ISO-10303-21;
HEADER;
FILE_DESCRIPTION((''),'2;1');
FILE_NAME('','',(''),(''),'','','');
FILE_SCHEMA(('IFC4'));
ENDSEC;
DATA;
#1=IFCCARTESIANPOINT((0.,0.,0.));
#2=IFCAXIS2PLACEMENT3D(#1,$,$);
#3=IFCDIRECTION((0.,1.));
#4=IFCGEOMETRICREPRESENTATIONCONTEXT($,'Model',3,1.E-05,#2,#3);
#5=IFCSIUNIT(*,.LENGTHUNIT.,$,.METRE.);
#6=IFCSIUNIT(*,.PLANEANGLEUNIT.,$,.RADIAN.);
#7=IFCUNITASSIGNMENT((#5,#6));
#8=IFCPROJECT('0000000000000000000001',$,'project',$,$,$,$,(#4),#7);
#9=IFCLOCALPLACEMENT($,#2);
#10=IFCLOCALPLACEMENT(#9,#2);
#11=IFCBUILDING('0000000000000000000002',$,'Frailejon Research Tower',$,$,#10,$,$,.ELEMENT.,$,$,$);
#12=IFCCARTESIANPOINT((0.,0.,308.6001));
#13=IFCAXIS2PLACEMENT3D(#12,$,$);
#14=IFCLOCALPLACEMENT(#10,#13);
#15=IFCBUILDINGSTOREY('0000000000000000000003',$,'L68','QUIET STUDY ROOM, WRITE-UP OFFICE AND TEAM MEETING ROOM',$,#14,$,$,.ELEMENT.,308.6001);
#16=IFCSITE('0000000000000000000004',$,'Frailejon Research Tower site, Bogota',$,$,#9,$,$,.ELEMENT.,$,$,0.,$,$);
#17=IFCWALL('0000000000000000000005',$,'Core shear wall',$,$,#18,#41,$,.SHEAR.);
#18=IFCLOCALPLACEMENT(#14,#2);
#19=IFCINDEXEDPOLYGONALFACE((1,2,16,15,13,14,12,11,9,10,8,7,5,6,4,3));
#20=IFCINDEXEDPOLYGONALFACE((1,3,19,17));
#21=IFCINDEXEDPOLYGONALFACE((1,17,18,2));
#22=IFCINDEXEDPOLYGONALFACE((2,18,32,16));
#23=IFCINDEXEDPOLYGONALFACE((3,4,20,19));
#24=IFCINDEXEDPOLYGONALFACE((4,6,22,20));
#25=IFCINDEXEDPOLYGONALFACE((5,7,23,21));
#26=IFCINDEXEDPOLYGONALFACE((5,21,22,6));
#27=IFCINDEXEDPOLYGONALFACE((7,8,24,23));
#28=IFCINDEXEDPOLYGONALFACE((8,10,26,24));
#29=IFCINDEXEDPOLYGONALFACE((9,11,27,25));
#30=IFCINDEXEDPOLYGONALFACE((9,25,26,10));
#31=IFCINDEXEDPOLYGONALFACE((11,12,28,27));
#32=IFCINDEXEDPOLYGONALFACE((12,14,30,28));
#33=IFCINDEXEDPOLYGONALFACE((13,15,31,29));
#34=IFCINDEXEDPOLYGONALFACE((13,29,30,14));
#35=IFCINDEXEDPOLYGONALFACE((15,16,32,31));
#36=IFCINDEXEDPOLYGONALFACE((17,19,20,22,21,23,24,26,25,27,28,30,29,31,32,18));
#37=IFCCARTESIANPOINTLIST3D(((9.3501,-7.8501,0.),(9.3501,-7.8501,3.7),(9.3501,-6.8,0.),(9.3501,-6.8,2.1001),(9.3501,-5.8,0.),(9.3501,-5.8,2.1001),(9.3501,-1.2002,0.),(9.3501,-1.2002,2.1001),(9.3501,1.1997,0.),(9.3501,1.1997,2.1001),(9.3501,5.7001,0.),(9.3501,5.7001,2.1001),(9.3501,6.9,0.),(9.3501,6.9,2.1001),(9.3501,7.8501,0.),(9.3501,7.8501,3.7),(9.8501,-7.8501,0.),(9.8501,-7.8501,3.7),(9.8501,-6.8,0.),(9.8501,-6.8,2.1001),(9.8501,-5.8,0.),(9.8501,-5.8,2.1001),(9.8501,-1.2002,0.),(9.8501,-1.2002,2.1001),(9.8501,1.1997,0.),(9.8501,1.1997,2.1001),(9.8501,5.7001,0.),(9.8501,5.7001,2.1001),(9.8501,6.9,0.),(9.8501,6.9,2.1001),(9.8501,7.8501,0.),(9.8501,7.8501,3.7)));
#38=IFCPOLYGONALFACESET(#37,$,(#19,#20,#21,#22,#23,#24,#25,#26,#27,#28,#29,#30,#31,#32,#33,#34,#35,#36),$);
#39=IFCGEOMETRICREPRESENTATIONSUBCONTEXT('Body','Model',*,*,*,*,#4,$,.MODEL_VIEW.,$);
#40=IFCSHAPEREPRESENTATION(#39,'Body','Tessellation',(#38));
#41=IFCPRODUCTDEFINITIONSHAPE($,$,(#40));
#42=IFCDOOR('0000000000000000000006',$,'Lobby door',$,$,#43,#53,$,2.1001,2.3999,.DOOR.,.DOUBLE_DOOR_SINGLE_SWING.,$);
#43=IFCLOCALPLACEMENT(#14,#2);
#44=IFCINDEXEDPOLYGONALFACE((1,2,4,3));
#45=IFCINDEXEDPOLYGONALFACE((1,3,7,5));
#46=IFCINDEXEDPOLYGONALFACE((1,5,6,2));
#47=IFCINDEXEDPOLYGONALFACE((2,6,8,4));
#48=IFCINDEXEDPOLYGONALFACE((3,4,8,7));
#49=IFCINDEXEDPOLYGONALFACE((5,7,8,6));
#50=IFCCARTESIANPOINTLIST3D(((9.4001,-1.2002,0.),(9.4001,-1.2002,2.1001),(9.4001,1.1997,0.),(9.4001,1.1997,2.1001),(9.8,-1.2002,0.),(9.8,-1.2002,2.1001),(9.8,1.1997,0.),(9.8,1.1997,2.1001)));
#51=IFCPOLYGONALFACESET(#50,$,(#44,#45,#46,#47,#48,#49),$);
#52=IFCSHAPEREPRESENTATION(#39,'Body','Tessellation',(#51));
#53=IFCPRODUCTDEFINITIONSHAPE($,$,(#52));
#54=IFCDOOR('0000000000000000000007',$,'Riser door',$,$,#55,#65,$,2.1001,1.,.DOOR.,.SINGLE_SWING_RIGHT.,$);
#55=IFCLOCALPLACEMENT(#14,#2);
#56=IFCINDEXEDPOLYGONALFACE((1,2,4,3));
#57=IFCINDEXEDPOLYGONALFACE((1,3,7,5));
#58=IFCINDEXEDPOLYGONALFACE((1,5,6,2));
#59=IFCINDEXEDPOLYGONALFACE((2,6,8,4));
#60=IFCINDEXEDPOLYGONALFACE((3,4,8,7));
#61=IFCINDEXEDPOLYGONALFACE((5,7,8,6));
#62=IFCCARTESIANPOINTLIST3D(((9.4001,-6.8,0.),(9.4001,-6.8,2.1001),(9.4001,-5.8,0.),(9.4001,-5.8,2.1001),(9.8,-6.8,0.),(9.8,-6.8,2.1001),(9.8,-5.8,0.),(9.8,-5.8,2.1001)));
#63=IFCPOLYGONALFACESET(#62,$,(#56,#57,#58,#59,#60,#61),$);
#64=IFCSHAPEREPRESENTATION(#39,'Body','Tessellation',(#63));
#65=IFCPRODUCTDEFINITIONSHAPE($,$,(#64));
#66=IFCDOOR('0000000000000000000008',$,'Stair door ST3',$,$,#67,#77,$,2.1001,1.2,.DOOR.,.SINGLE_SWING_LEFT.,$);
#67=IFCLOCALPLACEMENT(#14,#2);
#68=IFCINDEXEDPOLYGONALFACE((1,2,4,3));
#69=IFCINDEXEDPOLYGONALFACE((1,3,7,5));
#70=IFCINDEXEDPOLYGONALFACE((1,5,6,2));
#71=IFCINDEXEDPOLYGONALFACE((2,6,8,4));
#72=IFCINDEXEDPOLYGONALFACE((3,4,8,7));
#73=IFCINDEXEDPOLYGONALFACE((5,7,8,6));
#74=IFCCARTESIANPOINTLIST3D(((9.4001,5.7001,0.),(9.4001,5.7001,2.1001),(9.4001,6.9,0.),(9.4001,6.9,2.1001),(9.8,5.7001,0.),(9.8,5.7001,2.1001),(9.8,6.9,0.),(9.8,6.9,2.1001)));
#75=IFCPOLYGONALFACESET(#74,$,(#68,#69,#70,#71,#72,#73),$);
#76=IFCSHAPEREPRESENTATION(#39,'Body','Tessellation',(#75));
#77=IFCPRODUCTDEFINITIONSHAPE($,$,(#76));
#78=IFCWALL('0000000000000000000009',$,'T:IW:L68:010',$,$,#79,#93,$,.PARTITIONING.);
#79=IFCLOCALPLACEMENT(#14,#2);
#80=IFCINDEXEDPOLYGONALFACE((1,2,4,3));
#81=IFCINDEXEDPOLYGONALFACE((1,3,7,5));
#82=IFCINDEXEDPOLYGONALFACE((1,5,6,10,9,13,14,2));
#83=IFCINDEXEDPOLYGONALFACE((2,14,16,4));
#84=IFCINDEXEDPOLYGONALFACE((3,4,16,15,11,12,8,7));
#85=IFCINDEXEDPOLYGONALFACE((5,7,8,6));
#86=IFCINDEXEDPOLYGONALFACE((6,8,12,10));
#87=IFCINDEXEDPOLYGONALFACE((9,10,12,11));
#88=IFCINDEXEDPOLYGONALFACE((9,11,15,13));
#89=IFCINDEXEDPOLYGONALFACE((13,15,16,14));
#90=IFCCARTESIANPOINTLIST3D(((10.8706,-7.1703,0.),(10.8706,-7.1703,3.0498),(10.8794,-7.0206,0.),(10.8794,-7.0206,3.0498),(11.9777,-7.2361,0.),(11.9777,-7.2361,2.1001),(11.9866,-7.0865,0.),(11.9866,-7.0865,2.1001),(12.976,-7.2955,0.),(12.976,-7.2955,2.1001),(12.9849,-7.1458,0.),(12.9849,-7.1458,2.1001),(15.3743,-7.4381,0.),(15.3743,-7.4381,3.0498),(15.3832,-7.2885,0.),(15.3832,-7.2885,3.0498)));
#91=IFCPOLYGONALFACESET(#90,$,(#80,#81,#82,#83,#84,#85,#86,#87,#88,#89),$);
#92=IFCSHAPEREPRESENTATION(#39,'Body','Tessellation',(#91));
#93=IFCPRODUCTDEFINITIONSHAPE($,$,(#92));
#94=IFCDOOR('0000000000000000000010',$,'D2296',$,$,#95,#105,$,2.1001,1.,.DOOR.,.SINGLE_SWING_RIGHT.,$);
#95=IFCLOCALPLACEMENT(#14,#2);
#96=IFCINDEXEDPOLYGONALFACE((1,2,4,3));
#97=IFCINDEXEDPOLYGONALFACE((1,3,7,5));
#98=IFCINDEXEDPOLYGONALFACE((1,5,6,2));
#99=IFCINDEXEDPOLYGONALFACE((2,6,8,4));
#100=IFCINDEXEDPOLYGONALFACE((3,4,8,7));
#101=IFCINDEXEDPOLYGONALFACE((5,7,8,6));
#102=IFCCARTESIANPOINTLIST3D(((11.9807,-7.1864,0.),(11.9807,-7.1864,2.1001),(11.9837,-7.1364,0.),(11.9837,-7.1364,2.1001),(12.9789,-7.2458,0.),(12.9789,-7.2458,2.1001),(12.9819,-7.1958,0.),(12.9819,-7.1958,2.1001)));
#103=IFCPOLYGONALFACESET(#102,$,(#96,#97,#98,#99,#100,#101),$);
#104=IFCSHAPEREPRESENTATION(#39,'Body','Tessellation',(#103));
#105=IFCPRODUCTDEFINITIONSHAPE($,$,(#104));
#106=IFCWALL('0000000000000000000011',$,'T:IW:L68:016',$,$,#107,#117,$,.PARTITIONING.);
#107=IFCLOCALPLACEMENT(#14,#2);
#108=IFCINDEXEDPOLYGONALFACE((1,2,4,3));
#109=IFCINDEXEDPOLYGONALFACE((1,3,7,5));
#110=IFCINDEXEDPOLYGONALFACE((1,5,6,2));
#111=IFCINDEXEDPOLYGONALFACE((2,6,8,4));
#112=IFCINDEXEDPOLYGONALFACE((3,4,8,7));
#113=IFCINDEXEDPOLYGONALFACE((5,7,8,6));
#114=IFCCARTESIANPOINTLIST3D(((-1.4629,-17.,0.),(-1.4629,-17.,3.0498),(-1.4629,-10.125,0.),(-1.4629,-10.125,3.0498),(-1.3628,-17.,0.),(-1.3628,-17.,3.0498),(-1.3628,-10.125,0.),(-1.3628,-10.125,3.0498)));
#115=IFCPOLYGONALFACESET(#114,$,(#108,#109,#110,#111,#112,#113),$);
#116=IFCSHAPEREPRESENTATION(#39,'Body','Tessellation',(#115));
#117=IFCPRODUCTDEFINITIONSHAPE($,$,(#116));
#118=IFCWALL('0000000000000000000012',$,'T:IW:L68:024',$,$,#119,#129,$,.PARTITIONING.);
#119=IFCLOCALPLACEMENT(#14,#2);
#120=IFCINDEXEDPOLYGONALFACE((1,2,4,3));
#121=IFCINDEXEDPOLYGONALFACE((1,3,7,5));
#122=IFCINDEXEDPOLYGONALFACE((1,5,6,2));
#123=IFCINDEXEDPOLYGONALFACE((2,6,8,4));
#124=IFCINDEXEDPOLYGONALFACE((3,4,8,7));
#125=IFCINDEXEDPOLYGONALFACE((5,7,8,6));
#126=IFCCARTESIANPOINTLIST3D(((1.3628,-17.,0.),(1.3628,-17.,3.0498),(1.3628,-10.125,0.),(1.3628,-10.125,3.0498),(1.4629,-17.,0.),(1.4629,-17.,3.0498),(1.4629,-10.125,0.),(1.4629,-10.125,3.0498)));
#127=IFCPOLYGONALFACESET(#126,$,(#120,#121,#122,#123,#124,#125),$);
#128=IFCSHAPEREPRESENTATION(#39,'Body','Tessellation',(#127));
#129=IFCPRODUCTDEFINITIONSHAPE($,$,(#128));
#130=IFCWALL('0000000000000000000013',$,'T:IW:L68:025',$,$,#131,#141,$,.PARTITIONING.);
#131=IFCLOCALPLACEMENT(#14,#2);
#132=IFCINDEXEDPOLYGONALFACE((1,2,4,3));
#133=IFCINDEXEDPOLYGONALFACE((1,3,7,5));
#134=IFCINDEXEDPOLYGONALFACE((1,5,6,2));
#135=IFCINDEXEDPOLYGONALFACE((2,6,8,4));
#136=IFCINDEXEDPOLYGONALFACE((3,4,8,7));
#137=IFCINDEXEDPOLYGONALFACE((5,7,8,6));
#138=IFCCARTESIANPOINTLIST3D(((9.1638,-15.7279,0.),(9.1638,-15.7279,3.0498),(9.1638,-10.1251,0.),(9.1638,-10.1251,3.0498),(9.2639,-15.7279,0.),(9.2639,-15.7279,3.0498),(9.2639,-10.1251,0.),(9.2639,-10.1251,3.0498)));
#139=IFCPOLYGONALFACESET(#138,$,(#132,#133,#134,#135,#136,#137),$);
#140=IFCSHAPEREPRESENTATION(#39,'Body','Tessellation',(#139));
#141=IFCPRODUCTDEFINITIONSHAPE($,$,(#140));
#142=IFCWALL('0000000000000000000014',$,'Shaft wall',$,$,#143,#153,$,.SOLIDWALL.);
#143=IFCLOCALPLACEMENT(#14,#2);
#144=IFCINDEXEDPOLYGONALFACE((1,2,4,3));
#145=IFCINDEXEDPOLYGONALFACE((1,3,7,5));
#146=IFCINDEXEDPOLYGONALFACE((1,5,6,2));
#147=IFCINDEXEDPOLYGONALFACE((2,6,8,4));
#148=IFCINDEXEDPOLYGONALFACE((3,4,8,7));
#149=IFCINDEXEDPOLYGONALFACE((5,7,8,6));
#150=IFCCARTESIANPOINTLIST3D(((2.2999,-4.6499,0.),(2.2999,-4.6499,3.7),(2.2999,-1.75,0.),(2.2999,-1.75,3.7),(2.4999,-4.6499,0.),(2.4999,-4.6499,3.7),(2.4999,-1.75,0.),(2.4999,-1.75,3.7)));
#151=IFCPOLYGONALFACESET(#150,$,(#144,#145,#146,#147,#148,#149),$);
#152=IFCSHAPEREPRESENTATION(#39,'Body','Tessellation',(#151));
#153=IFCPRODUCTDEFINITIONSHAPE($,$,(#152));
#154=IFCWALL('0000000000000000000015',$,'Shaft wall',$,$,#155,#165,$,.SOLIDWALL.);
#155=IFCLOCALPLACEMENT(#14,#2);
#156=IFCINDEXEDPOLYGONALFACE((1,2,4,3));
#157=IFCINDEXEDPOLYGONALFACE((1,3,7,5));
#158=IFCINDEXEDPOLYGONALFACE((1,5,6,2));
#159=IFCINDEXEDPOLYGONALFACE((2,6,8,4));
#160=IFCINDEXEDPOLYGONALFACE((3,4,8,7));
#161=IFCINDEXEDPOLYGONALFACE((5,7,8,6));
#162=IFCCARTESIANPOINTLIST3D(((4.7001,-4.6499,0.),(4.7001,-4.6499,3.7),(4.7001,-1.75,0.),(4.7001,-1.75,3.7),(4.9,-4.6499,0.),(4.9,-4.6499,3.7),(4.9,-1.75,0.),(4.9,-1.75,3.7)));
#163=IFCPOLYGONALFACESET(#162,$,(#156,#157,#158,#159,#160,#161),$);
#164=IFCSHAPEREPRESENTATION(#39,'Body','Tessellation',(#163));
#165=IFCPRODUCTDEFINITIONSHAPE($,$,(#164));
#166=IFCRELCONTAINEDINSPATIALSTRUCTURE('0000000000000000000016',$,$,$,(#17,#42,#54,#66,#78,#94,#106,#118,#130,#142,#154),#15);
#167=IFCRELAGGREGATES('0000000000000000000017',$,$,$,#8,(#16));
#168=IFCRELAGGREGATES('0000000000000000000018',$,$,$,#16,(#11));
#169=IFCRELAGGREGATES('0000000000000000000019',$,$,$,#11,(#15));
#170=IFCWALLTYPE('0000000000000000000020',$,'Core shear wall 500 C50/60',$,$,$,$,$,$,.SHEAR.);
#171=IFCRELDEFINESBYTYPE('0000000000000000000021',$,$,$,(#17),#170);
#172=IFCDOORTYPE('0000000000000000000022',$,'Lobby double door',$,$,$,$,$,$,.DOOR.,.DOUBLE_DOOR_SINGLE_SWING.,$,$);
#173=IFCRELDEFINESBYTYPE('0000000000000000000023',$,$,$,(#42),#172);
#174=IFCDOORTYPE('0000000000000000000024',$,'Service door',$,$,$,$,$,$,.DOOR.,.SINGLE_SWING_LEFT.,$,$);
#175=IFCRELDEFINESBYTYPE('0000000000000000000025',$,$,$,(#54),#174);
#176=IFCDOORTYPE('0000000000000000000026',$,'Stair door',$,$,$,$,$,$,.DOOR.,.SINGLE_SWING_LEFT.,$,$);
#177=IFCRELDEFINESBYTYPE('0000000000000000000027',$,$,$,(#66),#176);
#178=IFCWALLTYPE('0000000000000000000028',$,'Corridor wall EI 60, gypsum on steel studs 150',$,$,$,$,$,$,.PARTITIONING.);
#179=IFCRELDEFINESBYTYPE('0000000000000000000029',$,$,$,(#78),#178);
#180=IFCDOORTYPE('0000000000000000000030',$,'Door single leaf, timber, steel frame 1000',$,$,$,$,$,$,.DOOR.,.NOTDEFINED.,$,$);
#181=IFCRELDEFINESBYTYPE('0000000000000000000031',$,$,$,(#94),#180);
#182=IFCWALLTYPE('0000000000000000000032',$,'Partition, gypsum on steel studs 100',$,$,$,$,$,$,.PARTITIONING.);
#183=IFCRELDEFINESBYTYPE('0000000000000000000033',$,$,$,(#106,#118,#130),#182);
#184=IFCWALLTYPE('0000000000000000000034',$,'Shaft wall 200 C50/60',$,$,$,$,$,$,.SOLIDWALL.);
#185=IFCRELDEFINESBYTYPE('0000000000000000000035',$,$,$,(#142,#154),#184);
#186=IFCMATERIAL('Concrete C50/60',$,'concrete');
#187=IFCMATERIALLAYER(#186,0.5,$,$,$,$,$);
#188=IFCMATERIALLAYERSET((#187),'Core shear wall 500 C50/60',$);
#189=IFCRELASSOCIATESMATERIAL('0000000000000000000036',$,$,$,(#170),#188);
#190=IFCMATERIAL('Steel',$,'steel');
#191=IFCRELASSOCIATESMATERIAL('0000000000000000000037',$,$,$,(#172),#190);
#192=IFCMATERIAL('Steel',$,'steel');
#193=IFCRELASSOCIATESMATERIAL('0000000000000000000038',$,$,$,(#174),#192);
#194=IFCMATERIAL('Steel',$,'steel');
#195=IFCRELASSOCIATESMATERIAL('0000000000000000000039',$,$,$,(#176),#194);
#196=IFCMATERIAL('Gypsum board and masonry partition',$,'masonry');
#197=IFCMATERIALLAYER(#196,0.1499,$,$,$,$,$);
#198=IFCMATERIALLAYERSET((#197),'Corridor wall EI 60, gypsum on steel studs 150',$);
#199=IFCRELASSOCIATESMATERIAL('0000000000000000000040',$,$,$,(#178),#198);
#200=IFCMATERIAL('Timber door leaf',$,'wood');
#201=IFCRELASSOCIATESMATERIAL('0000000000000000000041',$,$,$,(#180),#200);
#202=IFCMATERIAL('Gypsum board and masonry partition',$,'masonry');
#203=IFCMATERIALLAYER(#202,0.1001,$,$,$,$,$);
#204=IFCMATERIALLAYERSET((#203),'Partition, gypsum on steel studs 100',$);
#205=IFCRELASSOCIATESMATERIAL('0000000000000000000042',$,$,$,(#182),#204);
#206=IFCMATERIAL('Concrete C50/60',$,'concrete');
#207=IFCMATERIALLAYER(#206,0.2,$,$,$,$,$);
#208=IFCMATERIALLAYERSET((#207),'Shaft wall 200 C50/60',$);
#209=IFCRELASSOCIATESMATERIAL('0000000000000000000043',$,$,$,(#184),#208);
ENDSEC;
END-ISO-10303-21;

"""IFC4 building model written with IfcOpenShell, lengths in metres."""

from ifc_helpers import new_model, si_unit, direction, frame, frame_2d, origin, place, context, subcontext, project, spatial, rectangle, extrude, material, layer, layer_set, type_object, element, fill, save


model = new_model("IFC4")

# Units and contexts
model_context = context("Model", 3, precision=1e-05, world=origin(), true_north=direction((0.0, 1.0)))
body_context = subcontext(model_context, "Body", "Model", "MODEL_VIEW")
ifc_project = project(units=[si_unit("LENGTHUNIT", "METRE"), si_unit("PLANEANGLEUNIT", "RADIAN")], contexts=[model_context])

# Site, building, storey
site_placement = place(None, origin())
site = spatial("IfcSite", under=ifc_project, at=site_placement, Name="Frailejon Research Tower site, Bogota", CompositionType="ELEMENT", RefElevation=0.0)
building_placement = place(site_placement, origin())
building = spatial("IfcBuilding", under=site, at=building_placement, Name="Frailejon Research Tower", CompositionType="ELEMENT")
storey_placement = place(building_placement, frame((0.0, 0.0, 308.6001)))
storey = spatial("IfcBuildingStorey", under=building, at=storey_placement, Name="L68", Description="QUIET STUDY ROOM, WRITE-UP OFFICE AND TEAM MEETING ROOM", CompositionType="ELEMENT", Elevation=308.6001)

# Wall, openings, doors
ifc_material_1 = material(Name="Concrete C50/60", Category="concrete")
ifc_layer_1 = layer(ifc_material_1, 0.5)
ifc_layer_set_1 = layer_set([ifc_layer_1], Name="Core shear wall 500 C50/60")
wall_type_1 = type_object("IfcWallType", Name="Core shear wall 500 C50/60", PredefinedType="SHEAR", material=ifc_layer_set_1)
wall_1_placement = place(storey_placement, frame((9.6001, -7.8501, 0.0), z_axis=(0.0, 0.0, 1.0), x_axis=(0.0, 1.0, 0.0)))
wall_1 = element("IfcWall", 1, at=wall_1_placement, inside=storey, type_object=wall_type_1, Name="Core shear wall", PredefinedType="SHEAR", context=body_context, shape_type="SweptSolid", body=[
    extrude(rectangle(XDim=15.7002, YDim=0.5, at=frame_2d((7.8501, 0.0))), origin(), (0.0, 0.0, 1.0), 3.7),
])
opening_1_placement = place(wall_1_placement, frame((6.6499, 0.0, 0.0)))
opening_1 = element("IfcOpeningElement", 2, at=opening_1_placement, cuts=wall_1, PredefinedType="OPENING", context=body_context, shape_type="SweptSolid", body=[
    extrude(rectangle(XDim=2.3999, YDim=2.1001, at=frame_2d((1.2, 1.05))), frame((0.0, 0.26, 0.0), z_axis=(0.0, -1.0, 0.0), x_axis=(1.0, 0.0, 0.0)), (0.0, 0.0, 1.0), 0.52),
])
opening_2_placement = place(wall_1_placement, frame((13.55, 0.0, 0.0)))
opening_2 = element("IfcOpeningElement", 3, at=opening_2_placement, cuts=wall_1, PredefinedType="OPENING", context=body_context, shape_type="SweptSolid", body=[
    extrude(rectangle(XDim=1.2, YDim=2.1001, at=frame_2d((0.6001, 1.05))), frame((0.0, 0.26, 0.0), z_axis=(0.0, -1.0, 0.0), x_axis=(1.0, 0.0, 0.0)), (0.0, 0.0, 1.0), 0.52),
])
opening_3_placement = place(wall_1_placement, frame((1.05, 0.0, 0.0)))
opening_3 = element("IfcOpeningElement", 4, at=opening_3_placement, cuts=wall_1, PredefinedType="OPENING", context=body_context, shape_type="SweptSolid", body=[
    extrude(rectangle(XDim=1.0, YDim=2.1001, at=frame_2d((0.5, 1.05))), frame((0.0, 0.26, 0.0), z_axis=(0.0, -1.0, 0.0), x_axis=(1.0, 0.0, 0.0)), (0.0, 0.0, 1.0), 0.52),
])
ifc_material_2 = material(Name="Steel", Category="steel")
door_type_1 = type_object("IfcDoorType", Name="Lobby double door", OperationType="DOUBLE_DOOR_SINGLE_SWING", PredefinedType="DOOR", material=ifc_material_2)
door_1_placement = place(opening_1_placement, origin())
door_1 = element("IfcDoor", 5, at=door_1_placement, inside=storey, type_object=door_type_1, Name="Lobby door", OperationType="DOUBLE_DOOR_SINGLE_SWING", OverallHeight=2.1001, OverallWidth=2.3999, PredefinedType="DOOR", context=body_context, shape_type="SweptSolid", body=[
    extrude(rectangle(XDim=2.3999, YDim=2.1001, at=frame_2d((1.2, 1.05))), frame((0.0, 0.2, 0.0), z_axis=(0.0, -1.0, 0.0), x_axis=(1.0, 0.0, 0.0)), (0.0, 0.0, 1.0), 0.3999),
])
fill(opening_1, door_1)
ifc_material_3 = material(Name="Steel", Category="steel")
door_type_2 = type_object("IfcDoorType", Name="Service door", OperationType="SINGLE_SWING_LEFT", PredefinedType="DOOR", material=ifc_material_3)
door_2_placement = place(opening_3_placement, origin())
door_2 = element("IfcDoor", 6, at=door_2_placement, inside=storey, type_object=door_type_2, Name="Riser door", OperationType="SINGLE_SWING_RIGHT", OverallHeight=2.1001, OverallWidth=1.0, PredefinedType="DOOR", context=body_context, shape_type="SweptSolid", body=[
    extrude(rectangle(XDim=1.0, YDim=2.1001, at=frame_2d((0.5, 1.05))), frame((0.0, 0.2, 0.0), z_axis=(0.0, -1.0, 0.0), x_axis=(1.0, 0.0, 0.0)), (0.0, 0.0, 1.0), 0.3999),
])
fill(opening_3, door_2)
ifc_material_4 = material(Name="Steel", Category="steel")
door_type_3 = type_object("IfcDoorType", Name="Stair door", OperationType="SINGLE_SWING_LEFT", PredefinedType="DOOR", material=ifc_material_4)
door_3_placement = place(opening_2_placement, origin())
door_3 = element("IfcDoor", 7, at=door_3_placement, inside=storey, type_object=door_type_3, Name="Stair door ST3", OperationType="SINGLE_SWING_LEFT", OverallHeight=2.1001, OverallWidth=1.2, PredefinedType="DOOR", context=body_context, shape_type="SweptSolid", body=[
    extrude(rectangle(XDim=1.2, YDim=2.1001, at=frame_2d((0.6001, 1.05))), frame((0.0, 0.2, 0.0), z_axis=(0.0, -1.0, 0.0), x_axis=(1.0, 0.0, 0.0)), (0.0, 0.0, 1.0), 0.3999),
])
fill(opening_2, door_3)

# Wall, opening, door
ifc_material_5 = material(Name="Gypsum board and masonry partition", Category="masonry")
ifc_layer_2 = layer(ifc_material_5, 0.1499)
ifc_layer_set_2 = layer_set([ifc_layer_2], Name="Corridor wall EI 60, gypsum on steel studs 150")
wall_type_2 = type_object("IfcWallType", Name="Corridor wall EI 60, gypsum on steel studs 150", PredefinedType="PARTITIONING", material=ifc_layer_set_2)
wall_2_placement = place(storey_placement, frame((10.875, -7.0955, 0.0), z_axis=(0.0, 0.0, 1.0), x_axis=(0.998236, -0.059363, 0.0)))
wall_2 = element("IfcWall", 8, at=wall_2_placement, inside=storey, type_object=wall_type_2, Name="T:IW:L68:010", PredefinedType="PARTITIONING", context=body_context, shape_type="SweptSolid", body=[
    extrude(rectangle(XDim=4.5117, YDim=0.1499, at=frame_2d((2.2559, 0.0))), origin(), (0.0, 0.0, 1.0), 3.0498),
])
opening_4_placement = place(wall_2_placement, frame((1.1091, 0.0, 0.0)))
opening_4 = element("IfcOpeningElement", 9, at=opening_4_placement, cuts=wall_2, PredefinedType="OPENING", context=body_context, shape_type="SweptSolid", body=[
    extrude(rectangle(XDim=1.0, YDim=2.1001, at=frame_2d((0.5, 1.05))), frame((0.0, 0.085, 0.0), z_axis=(0.0, -1.0, 0.0), x_axis=(1.0, 0.0, 0.0)), (0.0, 0.0, 1.0), 0.1699),
])
ifc_material_6 = material(Name="Timber door leaf", Category="wood")
door_type_4 = type_object("IfcDoorType", Name="Door single leaf, timber, steel frame 1000", OperationType="NOTDEFINED", PredefinedType="DOOR", material=ifc_material_6)
door_4_placement = place(opening_4_placement, origin())
door_4 = element("IfcDoor", 10, at=door_4_placement, inside=storey, type_object=door_type_4, Name="D2296", OperationType="SINGLE_SWING_RIGHT", OverallHeight=2.1001, OverallWidth=1.0, PredefinedType="DOOR", context=body_context, shape_type="SweptSolid", body=[
    extrude(rectangle(XDim=1.0, YDim=2.1001, at=frame_2d((0.5, 1.05))), frame((0.0, 0.0249, 0.0), z_axis=(0.0, -1.0, 0.0), x_axis=(1.0, 0.0, 0.0)), (0.0, 0.0, 1.0), 0.05),
])
fill(opening_4, door_4)

# Walls
ifc_material_7 = material(Name="Gypsum board and masonry partition", Category="masonry")
ifc_layer_3 = layer(ifc_material_7, 0.1001)
ifc_layer_set_3 = layer_set([ifc_layer_3], Name="Partition, gypsum on steel studs 100")
wall_type_3 = type_object("IfcWallType", Name="Partition, gypsum on steel studs 100", PredefinedType="PARTITIONING", material=ifc_layer_set_3)
for number, where, z_axis, x_axis, name in (
    (11, (-1.4128, -17.0, 0.0), (0.0, 0.0, 1.0), (0.0, 1.0, 0.0), "T:IW:L68:016"),
    (12, (1.4128, -17.0, 0.0), (0.0, 0.0, 1.0), (0.0, 1.0, 0.0), "T:IW:L68:024"),
):
    element("IfcWall", number, at=place(storey_placement, frame(where, z_axis=z_axis, x_axis=x_axis)), inside=storey, type_object=wall_type_3, Name=name, PredefinedType="PARTITIONING", context=body_context, shape_type="SweptSolid", body=[
        extrude(rectangle(XDim=6.875, YDim=0.1001, at=frame_2d((3.4375, 0.0))), origin(), (0.0, 0.0, 1.0), 3.0498),
    ])
wall_3_placement = place(storey_placement, frame((9.2139, -15.7278, 0.0), z_axis=(0.0, 0.0, 1.0), x_axis=(0.0, 1.0, 0.0)))
element("IfcWall", 13, at=wall_3_placement, inside=storey, type_object=wall_type_3, Name="T:IW:L68:025", PredefinedType="PARTITIONING", context=body_context, shape_type="SweptSolid", body=[
    extrude(rectangle(XDim=5.6028, YDim=0.1001, at=frame_2d((2.8013, 0.0))), origin(), (0.0, 0.0, 1.0), 3.0498),
])
ifc_material_8 = material(Name="Concrete C50/60", Category="concrete")
ifc_layer_4 = layer(ifc_material_8, 0.2)
ifc_layer_set_4 = layer_set([ifc_layer_4], Name="Shaft wall 200 C50/60")
wall_type_4 = type_object("IfcWallType", Name="Shaft wall 200 C50/60", PredefinedType="SOLIDWALL", material=ifc_layer_set_4)
for number, where, z_axis, x_axis, name in (
    (14, (2.3999, -4.6499, 0.0), (0.0, 0.0, 1.0), (0.0, 1.0, 0.0), "Shaft wall"),
    (15, (4.8, -4.6499, 0.0), (0.0, 0.0, 1.0), (0.0, 1.0, 0.0), "Shaft wall"),
):
    element("IfcWall", number, at=place(storey_placement, frame(where, z_axis=z_axis, x_axis=x_axis)), inside=storey, type_object=wall_type_4, Name=name, PredefinedType="SOLIDWALL", context=body_context, shape_type="SweptSolid", body=[
        extrude(rectangle(XDim=2.8999, YDim=0.2, at=frame_2d((1.45, 0.0))), origin(), (0.0, 0.0, 1.0), 3.7),
    ])

save(model, "model.ifc")
